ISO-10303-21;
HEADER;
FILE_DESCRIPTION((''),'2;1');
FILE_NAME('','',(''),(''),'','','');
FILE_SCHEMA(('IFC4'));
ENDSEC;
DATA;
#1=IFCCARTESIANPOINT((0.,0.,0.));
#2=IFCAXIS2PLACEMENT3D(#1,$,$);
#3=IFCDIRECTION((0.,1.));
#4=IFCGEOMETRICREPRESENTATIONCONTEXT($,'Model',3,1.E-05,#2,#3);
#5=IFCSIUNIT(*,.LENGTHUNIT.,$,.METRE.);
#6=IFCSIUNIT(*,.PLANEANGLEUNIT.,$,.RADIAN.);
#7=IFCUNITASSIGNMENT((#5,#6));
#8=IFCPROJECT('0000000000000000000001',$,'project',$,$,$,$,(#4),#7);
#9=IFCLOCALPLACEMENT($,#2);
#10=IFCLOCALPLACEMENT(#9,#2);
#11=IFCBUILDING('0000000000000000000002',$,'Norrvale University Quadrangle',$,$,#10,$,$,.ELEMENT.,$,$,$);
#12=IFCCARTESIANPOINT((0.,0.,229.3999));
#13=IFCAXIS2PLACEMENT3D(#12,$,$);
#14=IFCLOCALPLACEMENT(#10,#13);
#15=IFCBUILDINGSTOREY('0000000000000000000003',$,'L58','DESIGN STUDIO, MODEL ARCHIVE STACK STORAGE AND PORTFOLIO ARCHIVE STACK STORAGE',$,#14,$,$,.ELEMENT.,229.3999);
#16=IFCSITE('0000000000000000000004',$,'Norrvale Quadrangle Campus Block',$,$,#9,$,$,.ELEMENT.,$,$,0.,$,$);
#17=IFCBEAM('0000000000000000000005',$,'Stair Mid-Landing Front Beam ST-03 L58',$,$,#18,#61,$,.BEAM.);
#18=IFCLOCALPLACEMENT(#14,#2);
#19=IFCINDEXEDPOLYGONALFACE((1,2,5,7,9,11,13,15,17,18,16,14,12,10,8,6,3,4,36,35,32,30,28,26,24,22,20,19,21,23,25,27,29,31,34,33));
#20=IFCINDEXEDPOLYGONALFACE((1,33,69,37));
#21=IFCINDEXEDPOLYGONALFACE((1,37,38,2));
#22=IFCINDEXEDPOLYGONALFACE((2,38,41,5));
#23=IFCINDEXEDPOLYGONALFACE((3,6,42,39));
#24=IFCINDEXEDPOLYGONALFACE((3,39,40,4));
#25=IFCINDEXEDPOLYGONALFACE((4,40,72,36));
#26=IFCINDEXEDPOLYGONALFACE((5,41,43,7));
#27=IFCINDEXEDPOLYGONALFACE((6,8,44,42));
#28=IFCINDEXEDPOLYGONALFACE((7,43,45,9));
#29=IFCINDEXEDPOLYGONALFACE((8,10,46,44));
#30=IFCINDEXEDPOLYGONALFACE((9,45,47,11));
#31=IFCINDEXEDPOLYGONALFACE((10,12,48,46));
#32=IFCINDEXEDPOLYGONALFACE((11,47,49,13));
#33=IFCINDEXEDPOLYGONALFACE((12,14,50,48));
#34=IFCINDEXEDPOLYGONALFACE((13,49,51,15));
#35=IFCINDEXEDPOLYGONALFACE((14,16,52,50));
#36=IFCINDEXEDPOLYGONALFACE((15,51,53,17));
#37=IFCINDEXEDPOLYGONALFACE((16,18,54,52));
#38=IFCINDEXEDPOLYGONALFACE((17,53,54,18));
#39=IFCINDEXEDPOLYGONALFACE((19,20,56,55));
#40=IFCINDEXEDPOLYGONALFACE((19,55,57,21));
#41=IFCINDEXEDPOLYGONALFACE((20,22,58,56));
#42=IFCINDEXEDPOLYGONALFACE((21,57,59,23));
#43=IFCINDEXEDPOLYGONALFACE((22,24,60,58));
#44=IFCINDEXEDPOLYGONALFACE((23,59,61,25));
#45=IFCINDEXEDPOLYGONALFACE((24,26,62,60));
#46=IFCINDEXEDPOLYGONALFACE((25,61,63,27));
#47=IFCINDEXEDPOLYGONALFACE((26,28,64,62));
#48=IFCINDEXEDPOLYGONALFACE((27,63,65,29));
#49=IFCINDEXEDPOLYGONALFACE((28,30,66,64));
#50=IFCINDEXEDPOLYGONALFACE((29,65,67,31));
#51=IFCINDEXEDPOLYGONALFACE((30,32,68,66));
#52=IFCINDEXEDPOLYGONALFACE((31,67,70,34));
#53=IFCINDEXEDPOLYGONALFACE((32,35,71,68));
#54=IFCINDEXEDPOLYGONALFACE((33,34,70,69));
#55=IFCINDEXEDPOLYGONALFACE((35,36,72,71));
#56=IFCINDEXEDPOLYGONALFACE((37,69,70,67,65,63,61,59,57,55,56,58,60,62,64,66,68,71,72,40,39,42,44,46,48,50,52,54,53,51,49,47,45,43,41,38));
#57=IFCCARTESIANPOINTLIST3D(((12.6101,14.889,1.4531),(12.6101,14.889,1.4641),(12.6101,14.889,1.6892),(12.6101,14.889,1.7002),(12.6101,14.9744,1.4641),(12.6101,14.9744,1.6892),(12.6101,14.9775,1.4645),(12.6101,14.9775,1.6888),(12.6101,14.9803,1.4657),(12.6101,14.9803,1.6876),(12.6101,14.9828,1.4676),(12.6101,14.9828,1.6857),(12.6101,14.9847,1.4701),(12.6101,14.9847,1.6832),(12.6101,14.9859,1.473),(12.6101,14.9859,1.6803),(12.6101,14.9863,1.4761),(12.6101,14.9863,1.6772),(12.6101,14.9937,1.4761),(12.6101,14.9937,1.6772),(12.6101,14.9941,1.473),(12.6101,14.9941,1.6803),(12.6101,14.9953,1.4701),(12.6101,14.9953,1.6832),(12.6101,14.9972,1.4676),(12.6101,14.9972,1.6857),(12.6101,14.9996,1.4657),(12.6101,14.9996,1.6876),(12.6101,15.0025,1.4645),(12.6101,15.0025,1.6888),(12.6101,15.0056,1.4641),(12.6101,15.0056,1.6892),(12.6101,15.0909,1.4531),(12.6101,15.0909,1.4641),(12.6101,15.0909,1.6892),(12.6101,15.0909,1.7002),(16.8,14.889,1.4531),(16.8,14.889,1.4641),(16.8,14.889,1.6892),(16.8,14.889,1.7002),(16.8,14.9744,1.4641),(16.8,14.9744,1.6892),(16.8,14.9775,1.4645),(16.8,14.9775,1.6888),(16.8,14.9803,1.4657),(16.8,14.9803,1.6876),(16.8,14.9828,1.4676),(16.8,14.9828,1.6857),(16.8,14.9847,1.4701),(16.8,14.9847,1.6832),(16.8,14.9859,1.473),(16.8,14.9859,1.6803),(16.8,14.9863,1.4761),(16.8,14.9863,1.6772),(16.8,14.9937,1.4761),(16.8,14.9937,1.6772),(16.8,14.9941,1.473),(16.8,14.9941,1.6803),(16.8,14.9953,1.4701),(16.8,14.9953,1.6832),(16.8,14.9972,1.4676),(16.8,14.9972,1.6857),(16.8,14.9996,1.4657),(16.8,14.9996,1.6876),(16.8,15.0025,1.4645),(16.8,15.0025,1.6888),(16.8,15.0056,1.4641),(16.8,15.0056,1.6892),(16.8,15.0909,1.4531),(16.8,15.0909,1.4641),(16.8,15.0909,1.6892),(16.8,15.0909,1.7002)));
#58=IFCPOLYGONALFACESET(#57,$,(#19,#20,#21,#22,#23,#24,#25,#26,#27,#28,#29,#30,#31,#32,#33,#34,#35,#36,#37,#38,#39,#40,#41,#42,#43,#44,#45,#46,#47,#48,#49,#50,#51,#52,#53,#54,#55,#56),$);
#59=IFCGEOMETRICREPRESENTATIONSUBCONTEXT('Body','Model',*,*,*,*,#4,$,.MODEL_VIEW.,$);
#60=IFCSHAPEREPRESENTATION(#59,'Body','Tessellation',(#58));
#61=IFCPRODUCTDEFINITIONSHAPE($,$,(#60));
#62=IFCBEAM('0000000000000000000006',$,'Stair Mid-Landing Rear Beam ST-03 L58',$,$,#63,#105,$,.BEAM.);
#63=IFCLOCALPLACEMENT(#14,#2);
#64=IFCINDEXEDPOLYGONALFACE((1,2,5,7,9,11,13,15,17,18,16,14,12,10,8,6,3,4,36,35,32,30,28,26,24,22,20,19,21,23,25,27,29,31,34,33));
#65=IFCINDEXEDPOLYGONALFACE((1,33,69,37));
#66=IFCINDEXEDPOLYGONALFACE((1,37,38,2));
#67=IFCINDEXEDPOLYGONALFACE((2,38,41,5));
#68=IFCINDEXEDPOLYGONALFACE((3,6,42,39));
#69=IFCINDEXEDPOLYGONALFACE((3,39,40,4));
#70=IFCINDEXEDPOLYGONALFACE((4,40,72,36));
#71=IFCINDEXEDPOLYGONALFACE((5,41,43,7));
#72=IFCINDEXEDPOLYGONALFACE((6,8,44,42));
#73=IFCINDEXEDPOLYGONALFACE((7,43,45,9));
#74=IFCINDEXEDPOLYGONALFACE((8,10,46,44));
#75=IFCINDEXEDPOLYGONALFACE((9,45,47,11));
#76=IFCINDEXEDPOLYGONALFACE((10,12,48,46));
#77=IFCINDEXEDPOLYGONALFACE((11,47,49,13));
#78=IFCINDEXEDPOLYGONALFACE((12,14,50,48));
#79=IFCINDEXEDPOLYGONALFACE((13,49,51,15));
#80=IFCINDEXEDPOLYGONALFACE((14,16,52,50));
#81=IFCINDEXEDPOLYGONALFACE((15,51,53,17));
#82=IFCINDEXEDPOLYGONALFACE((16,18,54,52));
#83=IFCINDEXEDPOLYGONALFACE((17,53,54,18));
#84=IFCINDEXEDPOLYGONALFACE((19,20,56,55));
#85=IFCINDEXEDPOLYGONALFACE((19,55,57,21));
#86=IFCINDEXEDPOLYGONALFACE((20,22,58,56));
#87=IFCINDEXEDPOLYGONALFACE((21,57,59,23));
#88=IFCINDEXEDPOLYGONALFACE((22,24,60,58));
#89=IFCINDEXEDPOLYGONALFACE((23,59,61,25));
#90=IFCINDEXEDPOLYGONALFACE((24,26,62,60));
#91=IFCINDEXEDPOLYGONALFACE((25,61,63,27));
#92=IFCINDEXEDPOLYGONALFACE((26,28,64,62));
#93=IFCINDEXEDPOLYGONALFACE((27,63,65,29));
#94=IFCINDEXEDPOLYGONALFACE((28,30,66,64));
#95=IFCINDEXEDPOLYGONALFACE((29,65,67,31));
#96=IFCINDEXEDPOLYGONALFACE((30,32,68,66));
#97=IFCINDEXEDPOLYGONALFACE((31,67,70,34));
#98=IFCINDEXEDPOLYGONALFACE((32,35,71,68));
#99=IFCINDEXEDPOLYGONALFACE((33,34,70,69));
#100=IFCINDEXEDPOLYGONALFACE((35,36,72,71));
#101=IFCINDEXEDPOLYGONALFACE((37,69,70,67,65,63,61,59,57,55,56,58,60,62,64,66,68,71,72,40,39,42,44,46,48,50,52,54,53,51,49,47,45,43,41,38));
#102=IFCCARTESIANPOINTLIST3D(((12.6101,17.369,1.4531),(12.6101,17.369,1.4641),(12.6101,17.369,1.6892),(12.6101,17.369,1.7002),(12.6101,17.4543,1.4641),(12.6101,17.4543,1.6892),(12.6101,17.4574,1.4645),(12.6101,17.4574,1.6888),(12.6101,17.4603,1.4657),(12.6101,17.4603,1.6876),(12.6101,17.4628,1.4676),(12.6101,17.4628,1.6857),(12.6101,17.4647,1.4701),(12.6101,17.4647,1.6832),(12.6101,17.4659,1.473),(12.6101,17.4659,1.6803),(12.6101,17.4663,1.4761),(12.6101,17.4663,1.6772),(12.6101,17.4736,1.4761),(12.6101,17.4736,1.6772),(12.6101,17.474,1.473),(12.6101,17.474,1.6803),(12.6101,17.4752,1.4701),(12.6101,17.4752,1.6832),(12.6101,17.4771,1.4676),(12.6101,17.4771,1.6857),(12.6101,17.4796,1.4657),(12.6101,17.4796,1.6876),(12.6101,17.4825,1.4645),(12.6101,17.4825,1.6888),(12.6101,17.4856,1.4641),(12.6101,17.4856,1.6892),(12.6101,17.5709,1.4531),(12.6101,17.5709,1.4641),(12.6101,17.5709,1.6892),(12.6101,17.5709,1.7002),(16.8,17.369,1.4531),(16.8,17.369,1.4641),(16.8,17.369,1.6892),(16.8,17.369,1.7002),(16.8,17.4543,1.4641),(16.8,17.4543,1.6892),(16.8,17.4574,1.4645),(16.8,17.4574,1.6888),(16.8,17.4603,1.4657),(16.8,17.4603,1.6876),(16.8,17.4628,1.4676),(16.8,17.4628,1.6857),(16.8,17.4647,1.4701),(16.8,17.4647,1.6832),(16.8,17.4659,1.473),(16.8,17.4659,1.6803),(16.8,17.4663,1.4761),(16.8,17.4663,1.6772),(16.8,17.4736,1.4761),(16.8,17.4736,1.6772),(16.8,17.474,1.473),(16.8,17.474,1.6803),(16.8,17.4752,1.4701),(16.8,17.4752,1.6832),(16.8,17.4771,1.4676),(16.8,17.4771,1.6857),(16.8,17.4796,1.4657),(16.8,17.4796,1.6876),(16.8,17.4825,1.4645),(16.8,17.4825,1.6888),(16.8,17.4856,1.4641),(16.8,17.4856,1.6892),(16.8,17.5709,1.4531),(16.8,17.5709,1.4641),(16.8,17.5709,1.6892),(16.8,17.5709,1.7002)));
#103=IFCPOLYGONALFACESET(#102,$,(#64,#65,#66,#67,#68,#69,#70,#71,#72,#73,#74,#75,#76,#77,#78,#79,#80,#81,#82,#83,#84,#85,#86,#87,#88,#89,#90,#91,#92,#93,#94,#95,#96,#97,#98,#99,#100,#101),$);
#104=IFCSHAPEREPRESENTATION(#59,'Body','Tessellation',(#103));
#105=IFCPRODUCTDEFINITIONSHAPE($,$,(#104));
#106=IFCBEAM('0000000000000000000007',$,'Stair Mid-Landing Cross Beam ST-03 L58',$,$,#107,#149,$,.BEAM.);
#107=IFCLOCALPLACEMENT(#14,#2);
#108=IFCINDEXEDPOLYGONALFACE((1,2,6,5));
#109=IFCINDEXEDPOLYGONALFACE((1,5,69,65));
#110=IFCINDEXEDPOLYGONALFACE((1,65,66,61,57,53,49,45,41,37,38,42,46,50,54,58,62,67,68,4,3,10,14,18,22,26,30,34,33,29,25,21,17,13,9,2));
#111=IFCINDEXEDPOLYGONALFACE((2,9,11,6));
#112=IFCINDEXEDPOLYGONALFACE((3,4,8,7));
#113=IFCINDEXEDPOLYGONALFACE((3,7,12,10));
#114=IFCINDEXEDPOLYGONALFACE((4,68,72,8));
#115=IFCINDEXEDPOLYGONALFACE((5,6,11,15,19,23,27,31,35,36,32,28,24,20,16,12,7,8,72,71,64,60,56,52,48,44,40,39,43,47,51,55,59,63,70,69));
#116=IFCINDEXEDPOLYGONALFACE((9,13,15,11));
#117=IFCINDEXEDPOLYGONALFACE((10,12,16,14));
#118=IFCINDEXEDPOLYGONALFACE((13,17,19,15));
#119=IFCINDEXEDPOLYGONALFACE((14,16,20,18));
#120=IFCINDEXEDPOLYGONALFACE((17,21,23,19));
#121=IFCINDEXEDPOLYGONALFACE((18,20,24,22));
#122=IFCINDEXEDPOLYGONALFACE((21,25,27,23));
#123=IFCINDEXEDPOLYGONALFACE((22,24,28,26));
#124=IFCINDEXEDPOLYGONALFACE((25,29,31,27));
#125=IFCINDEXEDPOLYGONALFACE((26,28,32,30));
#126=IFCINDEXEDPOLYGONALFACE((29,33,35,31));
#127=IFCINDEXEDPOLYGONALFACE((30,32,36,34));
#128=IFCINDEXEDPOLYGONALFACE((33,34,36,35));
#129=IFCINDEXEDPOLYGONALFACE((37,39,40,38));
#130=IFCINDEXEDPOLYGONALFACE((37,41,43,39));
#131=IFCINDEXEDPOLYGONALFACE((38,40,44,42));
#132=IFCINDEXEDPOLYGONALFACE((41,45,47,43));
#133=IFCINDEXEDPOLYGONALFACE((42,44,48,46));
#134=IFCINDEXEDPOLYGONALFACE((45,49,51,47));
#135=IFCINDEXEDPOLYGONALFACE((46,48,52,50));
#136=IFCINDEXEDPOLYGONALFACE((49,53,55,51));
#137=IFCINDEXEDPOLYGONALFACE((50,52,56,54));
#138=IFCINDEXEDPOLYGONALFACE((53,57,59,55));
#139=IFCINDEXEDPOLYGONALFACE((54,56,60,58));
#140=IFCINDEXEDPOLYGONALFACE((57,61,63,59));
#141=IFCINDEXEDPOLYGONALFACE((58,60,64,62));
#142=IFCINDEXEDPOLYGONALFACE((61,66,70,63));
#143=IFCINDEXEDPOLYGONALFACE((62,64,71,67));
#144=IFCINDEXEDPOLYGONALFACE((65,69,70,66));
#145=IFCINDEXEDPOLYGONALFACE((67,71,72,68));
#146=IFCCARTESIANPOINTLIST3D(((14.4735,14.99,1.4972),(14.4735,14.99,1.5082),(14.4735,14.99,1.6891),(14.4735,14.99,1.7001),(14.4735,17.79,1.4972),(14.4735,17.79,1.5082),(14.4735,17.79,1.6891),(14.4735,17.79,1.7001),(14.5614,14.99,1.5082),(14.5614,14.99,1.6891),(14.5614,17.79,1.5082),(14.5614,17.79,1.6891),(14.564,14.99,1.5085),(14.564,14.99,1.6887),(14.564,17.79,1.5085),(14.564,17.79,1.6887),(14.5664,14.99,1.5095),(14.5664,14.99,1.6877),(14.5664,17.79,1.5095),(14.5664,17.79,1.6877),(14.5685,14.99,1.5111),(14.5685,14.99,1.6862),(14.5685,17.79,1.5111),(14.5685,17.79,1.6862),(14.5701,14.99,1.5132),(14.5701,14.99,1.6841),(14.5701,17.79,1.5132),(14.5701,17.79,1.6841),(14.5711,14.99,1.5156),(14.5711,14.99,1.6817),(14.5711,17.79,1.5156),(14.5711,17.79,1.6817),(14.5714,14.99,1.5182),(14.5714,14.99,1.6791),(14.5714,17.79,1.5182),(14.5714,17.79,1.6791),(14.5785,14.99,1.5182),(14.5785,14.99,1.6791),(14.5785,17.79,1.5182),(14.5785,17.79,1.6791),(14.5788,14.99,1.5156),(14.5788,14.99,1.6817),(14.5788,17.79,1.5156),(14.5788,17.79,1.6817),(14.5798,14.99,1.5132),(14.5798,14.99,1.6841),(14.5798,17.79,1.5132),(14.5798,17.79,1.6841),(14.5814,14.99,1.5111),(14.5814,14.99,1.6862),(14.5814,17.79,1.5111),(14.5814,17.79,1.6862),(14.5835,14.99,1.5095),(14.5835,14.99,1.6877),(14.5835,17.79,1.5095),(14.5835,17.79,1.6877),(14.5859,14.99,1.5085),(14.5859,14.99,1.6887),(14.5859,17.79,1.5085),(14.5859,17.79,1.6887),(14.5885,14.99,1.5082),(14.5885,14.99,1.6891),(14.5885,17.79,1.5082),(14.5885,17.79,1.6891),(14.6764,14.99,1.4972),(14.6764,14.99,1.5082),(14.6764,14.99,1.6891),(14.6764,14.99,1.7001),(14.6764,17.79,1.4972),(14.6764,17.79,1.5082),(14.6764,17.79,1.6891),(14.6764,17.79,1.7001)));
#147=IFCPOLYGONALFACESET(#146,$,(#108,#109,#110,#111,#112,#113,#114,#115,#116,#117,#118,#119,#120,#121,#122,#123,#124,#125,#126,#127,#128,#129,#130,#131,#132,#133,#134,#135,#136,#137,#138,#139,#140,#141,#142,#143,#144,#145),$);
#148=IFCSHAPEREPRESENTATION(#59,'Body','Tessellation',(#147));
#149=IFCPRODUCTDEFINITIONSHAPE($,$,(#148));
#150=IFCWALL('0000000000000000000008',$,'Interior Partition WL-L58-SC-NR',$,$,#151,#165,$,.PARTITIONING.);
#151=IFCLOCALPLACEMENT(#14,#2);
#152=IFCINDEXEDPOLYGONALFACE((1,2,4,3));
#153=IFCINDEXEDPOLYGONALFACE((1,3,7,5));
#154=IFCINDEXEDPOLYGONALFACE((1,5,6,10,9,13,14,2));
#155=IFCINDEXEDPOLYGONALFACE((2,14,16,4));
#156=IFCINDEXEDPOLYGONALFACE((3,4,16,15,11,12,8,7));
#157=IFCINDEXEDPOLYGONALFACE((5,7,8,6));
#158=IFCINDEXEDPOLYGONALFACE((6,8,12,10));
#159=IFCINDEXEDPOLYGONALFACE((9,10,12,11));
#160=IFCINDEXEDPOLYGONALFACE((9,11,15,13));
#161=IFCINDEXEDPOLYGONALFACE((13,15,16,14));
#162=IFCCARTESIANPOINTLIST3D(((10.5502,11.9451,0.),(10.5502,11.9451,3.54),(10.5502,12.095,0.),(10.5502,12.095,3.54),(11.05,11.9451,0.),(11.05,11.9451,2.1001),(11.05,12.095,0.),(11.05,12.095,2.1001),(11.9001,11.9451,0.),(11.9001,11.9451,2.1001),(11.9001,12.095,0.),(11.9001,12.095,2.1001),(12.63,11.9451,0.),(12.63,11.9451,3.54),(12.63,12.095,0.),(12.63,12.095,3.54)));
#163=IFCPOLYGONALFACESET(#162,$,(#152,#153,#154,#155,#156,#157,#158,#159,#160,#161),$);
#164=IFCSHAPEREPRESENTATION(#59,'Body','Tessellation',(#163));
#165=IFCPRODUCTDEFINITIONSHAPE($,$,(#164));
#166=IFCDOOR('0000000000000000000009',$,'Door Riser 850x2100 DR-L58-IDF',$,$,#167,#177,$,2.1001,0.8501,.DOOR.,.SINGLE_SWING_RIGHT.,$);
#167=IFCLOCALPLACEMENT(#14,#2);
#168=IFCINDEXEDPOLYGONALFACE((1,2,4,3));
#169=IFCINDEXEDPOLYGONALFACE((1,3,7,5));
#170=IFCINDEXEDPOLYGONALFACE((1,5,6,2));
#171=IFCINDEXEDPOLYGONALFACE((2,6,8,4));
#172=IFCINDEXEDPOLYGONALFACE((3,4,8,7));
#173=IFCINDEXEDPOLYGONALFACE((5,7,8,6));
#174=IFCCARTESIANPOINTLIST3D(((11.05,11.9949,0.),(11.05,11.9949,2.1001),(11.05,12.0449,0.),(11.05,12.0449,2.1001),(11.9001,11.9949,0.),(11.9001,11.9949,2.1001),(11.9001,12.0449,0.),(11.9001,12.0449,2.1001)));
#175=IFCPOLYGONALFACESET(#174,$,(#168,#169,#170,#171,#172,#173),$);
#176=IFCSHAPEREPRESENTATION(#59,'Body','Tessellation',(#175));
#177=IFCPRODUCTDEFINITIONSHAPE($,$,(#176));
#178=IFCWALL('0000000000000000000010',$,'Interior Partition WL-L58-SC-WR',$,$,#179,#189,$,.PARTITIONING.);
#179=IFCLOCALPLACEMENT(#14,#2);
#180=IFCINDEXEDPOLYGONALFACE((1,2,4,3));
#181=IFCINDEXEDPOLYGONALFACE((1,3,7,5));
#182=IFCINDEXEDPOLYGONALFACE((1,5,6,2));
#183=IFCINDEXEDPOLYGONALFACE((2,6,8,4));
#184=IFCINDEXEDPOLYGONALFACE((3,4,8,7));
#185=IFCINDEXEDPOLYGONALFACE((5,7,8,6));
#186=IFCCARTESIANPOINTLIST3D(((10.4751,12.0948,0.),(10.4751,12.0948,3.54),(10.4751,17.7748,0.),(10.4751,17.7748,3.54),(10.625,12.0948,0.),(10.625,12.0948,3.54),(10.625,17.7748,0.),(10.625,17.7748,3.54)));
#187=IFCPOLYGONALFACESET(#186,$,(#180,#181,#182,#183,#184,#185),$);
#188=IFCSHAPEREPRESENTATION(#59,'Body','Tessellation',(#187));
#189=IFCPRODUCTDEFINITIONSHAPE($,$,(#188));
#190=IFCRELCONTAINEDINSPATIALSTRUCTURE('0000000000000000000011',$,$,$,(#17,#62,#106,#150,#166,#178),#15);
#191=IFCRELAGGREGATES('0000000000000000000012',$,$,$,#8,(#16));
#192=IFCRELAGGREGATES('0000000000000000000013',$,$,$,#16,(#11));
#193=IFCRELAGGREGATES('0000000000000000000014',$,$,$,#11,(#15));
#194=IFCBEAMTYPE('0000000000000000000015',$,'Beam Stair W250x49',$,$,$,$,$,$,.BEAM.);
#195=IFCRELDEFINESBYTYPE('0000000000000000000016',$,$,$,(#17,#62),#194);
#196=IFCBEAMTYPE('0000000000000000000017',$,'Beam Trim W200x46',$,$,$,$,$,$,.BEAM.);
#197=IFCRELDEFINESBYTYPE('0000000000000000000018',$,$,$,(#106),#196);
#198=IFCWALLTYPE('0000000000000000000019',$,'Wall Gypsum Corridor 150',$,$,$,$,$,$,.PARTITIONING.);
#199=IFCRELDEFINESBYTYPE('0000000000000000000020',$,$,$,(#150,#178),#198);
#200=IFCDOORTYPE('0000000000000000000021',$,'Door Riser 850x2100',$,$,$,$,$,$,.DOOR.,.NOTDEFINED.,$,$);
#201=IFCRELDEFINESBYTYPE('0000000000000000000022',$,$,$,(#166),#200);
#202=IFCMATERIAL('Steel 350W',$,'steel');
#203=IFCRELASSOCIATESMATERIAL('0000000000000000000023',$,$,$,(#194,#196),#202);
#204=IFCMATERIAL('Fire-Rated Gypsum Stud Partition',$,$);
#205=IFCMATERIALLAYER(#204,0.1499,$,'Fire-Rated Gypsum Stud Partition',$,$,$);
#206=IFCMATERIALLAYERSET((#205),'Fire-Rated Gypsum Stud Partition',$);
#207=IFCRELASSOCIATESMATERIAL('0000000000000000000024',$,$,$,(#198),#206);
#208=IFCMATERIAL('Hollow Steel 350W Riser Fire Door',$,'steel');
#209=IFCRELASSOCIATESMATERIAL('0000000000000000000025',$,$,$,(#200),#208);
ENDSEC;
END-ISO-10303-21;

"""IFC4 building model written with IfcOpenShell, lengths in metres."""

from ifc_helpers import new_model, si_unit, direction, frame, frame_2d, origin, origin_2d, place, context, subcontext, project, spatial, rectangle, i_section, extrude, material, layer, layer_set, material_profile, profile_set, type_object, element, fill, save


model = new_model("IFC4")

# Units and contexts
model_context = context("Model", 3, precision=1e-05, world=origin(), true_north=direction((0.0, 1.0)))
body_context = subcontext(model_context, "Body", "Model", "MODEL_VIEW")
ifc_project = project(units=[si_unit("LENGTHUNIT", "METRE"), si_unit("PLANEANGLEUNIT", "RADIAN")], contexts=[model_context])

# Site, building, storey
site_placement = place(None, origin())
site = spatial("IfcSite", under=ifc_project, at=site_placement, Name="Norrvale Quadrangle Campus Block", CompositionType="ELEMENT", RefElevation=0.0)
building_placement = place(site_placement, origin())
building = spatial("IfcBuilding", under=site, at=building_placement, Name="Norrvale University Quadrangle", CompositionType="ELEMENT")
storey_placement = place(building_placement, frame((0.0, 0.0, 229.3999)))
storey = spatial("IfcBuildingStorey", under=building, at=storey_placement, Name="L58", Description="DESIGN STUDIO, MODEL ARCHIVE STACK STORAGE AND PORTFOLIO ARCHIVE STACK STORAGE", CompositionType="ELEMENT", Elevation=229.3999)

# Beams
ifc_material_1 = material(Name="Steel 350W", Category="steel")
ifc_material_profile_1 = material_profile(ifc_material_1, i_section(OverallWidth=0.2019, OverallDepth=0.2471, WebThickness=0.0073, FlangeThickness=0.011, FilletRadius=0.012, at=origin_2d()), Name="Steel 350W")
ifc_profile_set_1 = profile_set([ifc_material_profile_1], Name="Steel 350W")
beam_type_1 = type_object("IfcBeamType", Name="Beam Stair W250x49", PredefinedType="BEAM", material=ifc_profile_set_1)
for number, where, z_axis, x_axis, name in (
    (1, (12.6101, 14.99, 1.5767), (1.0, 0.0, 0.0), (0.0, 1.0, 0.0), "Stair Mid-Landing Front Beam ST-03 L58"),
    (2, (12.6101, 17.47, 1.5767), (1.0, 0.0, 0.0), (0.0, 1.0, 0.0), "Stair Mid-Landing Rear Beam ST-03 L58"),
):
    element("IfcBeam", number, at=place(storey_placement, frame(where, z_axis=z_axis, x_axis=x_axis)), inside=storey, type_object=beam_type_1, Name=name, PredefinedType="BEAM", context=body_context, shape_type="SweptSolid", body=[
        extrude(i_section(OverallWidth=0.2019, OverallDepth=0.2471, WebThickness=0.0073, FlangeThickness=0.011, FilletRadius=0.012, at=origin_2d()), origin(), (0.0, 0.0, 1.0), 4.1899),
    ])
ifc_material_profile_2 = material_profile(ifc_material_1, i_section(OverallWidth=0.2029, OverallDepth=0.2029, WebThickness=0.0071, FlangeThickness=0.011, FilletRadius=0.01, at=origin_2d()), Name="Steel 350W")
ifc_profile_set_2 = profile_set([ifc_material_profile_2], Name="Steel 350W")
beam_type_2 = type_object("IfcBeamType", Name="Beam Trim W200x46", PredefinedType="BEAM", material=ifc_profile_set_2)
beam_placement = place(storey_placement, frame((14.575, 14.99, 1.5986), z_axis=(0.0, 1.0, 0.0), x_axis=(-1.0, 0.0, 0.0)))
element("IfcBeam", 3, at=beam_placement, inside=storey, type_object=beam_type_2, Name="Stair Mid-Landing Cross Beam ST-03 L58", PredefinedType="BEAM", context=body_context, shape_type="SweptSolid", body=[
    extrude(i_section(OverallWidth=0.2029, OverallDepth=0.2029, WebThickness=0.0071, FlangeThickness=0.011, FilletRadius=0.01, at=origin_2d()), origin(), (0.0, 0.0, 1.0), 2.8),
])

# Wall, opening, door
ifc_material_2 = material(Name="Fire-Rated Gypsum Stud Partition")
ifc_layer_1 = layer(ifc_material_2, 0.1499, Name="Fire-Rated Gypsum Stud Partition")
ifc_layer_set_1 = layer_set([ifc_layer_1], Name="Fire-Rated Gypsum Stud Partition")
wall_type_1 = type_object("IfcWallType", Name="Wall Gypsum Corridor 150", PredefinedType="PARTITIONING", material=ifc_layer_set_1)
wall_1_placement = place(storey_placement, frame((10.55, 12.02, 0.0), z_axis=(0.0, 0.0, 1.0), x_axis=(1.0, 0.0, 0.0)))
wall_1 = element("IfcWall", 4, at=wall_1_placement, inside=storey, type_object=wall_type_1, Name="Interior Partition WL-L58-SC-NR", PredefinedType="PARTITIONING", context=body_context, shape_type="SweptSolid", body=[
    extrude(rectangle(XDim=2.0798, YDim=0.1499, at=frame_2d((1.04, 0.0))), origin(), (0.0, 0.0, 1.0), 3.54),
])
opening_1_placement = place(wall_1_placement, frame((0.5, 0.0, 0.0)))
opening_1 = element("IfcOpeningElement", 5, at=opening_1_placement, cuts=wall_1, PredefinedType="OPENING", context=body_context, shape_type="SweptSolid", body=[
    extrude(rectangle(XDim=0.8501, YDim=2.1001, at=frame_2d((0.425, 1.05))), frame((0.0, 0.0869, 0.0), z_axis=(0.0, -1.0, 0.0), x_axis=(1.0, 0.0, 0.0)), (0.0, 0.0, 1.0), 0.1738),
])
ifc_material_3 = material(Name="Hollow Steel 350W Riser Fire Door", Category="steel")
door_type_1 = type_object("IfcDoorType", Name="Door Riser 850x2100", OperationType="NOTDEFINED", PredefinedType="DOOR", material=ifc_material_3)
door_1_placement = place(opening_1_placement, origin())
door_1 = element("IfcDoor", 6, at=door_1_placement, inside=storey, type_object=door_type_1, Name="Door Riser 850x2100 DR-L58-IDF", OperationType="SINGLE_SWING_RIGHT", OverallHeight=2.1001, OverallWidth=0.8501, PredefinedType="DOOR", context=body_context, shape_type="SweptSolid", body=[
    extrude(rectangle(XDim=0.8501, YDim=2.1001, at=frame_2d((0.425, 1.05))), frame((0.0, 0.0249, 0.0), z_axis=(0.0, -1.0, 0.0), x_axis=(1.0, 0.0, 0.0)), (0.0, 0.0, 1.0), 0.05),
])
fill(opening_1, door_1)

# Wall
wall_2_placement = place(storey_placement, frame((10.55, 12.095, 0.0), z_axis=(0.0, 0.0, 1.0), x_axis=(0.0, 1.0, 0.0)))
element("IfcWall", 7, at=wall_2_placement, inside=storey, type_object=wall_type_1, Name="Interior Partition WL-L58-SC-WR", PredefinedType="PARTITIONING", context=body_context, shape_type="SweptSolid", body=[
    extrude(rectangle(XDim=5.6799, YDim=0.1499, at=frame_2d((2.8398, 0.0))), origin(), (0.0, 0.0, 1.0), 3.54),
])

save(model, "model.ifc")
